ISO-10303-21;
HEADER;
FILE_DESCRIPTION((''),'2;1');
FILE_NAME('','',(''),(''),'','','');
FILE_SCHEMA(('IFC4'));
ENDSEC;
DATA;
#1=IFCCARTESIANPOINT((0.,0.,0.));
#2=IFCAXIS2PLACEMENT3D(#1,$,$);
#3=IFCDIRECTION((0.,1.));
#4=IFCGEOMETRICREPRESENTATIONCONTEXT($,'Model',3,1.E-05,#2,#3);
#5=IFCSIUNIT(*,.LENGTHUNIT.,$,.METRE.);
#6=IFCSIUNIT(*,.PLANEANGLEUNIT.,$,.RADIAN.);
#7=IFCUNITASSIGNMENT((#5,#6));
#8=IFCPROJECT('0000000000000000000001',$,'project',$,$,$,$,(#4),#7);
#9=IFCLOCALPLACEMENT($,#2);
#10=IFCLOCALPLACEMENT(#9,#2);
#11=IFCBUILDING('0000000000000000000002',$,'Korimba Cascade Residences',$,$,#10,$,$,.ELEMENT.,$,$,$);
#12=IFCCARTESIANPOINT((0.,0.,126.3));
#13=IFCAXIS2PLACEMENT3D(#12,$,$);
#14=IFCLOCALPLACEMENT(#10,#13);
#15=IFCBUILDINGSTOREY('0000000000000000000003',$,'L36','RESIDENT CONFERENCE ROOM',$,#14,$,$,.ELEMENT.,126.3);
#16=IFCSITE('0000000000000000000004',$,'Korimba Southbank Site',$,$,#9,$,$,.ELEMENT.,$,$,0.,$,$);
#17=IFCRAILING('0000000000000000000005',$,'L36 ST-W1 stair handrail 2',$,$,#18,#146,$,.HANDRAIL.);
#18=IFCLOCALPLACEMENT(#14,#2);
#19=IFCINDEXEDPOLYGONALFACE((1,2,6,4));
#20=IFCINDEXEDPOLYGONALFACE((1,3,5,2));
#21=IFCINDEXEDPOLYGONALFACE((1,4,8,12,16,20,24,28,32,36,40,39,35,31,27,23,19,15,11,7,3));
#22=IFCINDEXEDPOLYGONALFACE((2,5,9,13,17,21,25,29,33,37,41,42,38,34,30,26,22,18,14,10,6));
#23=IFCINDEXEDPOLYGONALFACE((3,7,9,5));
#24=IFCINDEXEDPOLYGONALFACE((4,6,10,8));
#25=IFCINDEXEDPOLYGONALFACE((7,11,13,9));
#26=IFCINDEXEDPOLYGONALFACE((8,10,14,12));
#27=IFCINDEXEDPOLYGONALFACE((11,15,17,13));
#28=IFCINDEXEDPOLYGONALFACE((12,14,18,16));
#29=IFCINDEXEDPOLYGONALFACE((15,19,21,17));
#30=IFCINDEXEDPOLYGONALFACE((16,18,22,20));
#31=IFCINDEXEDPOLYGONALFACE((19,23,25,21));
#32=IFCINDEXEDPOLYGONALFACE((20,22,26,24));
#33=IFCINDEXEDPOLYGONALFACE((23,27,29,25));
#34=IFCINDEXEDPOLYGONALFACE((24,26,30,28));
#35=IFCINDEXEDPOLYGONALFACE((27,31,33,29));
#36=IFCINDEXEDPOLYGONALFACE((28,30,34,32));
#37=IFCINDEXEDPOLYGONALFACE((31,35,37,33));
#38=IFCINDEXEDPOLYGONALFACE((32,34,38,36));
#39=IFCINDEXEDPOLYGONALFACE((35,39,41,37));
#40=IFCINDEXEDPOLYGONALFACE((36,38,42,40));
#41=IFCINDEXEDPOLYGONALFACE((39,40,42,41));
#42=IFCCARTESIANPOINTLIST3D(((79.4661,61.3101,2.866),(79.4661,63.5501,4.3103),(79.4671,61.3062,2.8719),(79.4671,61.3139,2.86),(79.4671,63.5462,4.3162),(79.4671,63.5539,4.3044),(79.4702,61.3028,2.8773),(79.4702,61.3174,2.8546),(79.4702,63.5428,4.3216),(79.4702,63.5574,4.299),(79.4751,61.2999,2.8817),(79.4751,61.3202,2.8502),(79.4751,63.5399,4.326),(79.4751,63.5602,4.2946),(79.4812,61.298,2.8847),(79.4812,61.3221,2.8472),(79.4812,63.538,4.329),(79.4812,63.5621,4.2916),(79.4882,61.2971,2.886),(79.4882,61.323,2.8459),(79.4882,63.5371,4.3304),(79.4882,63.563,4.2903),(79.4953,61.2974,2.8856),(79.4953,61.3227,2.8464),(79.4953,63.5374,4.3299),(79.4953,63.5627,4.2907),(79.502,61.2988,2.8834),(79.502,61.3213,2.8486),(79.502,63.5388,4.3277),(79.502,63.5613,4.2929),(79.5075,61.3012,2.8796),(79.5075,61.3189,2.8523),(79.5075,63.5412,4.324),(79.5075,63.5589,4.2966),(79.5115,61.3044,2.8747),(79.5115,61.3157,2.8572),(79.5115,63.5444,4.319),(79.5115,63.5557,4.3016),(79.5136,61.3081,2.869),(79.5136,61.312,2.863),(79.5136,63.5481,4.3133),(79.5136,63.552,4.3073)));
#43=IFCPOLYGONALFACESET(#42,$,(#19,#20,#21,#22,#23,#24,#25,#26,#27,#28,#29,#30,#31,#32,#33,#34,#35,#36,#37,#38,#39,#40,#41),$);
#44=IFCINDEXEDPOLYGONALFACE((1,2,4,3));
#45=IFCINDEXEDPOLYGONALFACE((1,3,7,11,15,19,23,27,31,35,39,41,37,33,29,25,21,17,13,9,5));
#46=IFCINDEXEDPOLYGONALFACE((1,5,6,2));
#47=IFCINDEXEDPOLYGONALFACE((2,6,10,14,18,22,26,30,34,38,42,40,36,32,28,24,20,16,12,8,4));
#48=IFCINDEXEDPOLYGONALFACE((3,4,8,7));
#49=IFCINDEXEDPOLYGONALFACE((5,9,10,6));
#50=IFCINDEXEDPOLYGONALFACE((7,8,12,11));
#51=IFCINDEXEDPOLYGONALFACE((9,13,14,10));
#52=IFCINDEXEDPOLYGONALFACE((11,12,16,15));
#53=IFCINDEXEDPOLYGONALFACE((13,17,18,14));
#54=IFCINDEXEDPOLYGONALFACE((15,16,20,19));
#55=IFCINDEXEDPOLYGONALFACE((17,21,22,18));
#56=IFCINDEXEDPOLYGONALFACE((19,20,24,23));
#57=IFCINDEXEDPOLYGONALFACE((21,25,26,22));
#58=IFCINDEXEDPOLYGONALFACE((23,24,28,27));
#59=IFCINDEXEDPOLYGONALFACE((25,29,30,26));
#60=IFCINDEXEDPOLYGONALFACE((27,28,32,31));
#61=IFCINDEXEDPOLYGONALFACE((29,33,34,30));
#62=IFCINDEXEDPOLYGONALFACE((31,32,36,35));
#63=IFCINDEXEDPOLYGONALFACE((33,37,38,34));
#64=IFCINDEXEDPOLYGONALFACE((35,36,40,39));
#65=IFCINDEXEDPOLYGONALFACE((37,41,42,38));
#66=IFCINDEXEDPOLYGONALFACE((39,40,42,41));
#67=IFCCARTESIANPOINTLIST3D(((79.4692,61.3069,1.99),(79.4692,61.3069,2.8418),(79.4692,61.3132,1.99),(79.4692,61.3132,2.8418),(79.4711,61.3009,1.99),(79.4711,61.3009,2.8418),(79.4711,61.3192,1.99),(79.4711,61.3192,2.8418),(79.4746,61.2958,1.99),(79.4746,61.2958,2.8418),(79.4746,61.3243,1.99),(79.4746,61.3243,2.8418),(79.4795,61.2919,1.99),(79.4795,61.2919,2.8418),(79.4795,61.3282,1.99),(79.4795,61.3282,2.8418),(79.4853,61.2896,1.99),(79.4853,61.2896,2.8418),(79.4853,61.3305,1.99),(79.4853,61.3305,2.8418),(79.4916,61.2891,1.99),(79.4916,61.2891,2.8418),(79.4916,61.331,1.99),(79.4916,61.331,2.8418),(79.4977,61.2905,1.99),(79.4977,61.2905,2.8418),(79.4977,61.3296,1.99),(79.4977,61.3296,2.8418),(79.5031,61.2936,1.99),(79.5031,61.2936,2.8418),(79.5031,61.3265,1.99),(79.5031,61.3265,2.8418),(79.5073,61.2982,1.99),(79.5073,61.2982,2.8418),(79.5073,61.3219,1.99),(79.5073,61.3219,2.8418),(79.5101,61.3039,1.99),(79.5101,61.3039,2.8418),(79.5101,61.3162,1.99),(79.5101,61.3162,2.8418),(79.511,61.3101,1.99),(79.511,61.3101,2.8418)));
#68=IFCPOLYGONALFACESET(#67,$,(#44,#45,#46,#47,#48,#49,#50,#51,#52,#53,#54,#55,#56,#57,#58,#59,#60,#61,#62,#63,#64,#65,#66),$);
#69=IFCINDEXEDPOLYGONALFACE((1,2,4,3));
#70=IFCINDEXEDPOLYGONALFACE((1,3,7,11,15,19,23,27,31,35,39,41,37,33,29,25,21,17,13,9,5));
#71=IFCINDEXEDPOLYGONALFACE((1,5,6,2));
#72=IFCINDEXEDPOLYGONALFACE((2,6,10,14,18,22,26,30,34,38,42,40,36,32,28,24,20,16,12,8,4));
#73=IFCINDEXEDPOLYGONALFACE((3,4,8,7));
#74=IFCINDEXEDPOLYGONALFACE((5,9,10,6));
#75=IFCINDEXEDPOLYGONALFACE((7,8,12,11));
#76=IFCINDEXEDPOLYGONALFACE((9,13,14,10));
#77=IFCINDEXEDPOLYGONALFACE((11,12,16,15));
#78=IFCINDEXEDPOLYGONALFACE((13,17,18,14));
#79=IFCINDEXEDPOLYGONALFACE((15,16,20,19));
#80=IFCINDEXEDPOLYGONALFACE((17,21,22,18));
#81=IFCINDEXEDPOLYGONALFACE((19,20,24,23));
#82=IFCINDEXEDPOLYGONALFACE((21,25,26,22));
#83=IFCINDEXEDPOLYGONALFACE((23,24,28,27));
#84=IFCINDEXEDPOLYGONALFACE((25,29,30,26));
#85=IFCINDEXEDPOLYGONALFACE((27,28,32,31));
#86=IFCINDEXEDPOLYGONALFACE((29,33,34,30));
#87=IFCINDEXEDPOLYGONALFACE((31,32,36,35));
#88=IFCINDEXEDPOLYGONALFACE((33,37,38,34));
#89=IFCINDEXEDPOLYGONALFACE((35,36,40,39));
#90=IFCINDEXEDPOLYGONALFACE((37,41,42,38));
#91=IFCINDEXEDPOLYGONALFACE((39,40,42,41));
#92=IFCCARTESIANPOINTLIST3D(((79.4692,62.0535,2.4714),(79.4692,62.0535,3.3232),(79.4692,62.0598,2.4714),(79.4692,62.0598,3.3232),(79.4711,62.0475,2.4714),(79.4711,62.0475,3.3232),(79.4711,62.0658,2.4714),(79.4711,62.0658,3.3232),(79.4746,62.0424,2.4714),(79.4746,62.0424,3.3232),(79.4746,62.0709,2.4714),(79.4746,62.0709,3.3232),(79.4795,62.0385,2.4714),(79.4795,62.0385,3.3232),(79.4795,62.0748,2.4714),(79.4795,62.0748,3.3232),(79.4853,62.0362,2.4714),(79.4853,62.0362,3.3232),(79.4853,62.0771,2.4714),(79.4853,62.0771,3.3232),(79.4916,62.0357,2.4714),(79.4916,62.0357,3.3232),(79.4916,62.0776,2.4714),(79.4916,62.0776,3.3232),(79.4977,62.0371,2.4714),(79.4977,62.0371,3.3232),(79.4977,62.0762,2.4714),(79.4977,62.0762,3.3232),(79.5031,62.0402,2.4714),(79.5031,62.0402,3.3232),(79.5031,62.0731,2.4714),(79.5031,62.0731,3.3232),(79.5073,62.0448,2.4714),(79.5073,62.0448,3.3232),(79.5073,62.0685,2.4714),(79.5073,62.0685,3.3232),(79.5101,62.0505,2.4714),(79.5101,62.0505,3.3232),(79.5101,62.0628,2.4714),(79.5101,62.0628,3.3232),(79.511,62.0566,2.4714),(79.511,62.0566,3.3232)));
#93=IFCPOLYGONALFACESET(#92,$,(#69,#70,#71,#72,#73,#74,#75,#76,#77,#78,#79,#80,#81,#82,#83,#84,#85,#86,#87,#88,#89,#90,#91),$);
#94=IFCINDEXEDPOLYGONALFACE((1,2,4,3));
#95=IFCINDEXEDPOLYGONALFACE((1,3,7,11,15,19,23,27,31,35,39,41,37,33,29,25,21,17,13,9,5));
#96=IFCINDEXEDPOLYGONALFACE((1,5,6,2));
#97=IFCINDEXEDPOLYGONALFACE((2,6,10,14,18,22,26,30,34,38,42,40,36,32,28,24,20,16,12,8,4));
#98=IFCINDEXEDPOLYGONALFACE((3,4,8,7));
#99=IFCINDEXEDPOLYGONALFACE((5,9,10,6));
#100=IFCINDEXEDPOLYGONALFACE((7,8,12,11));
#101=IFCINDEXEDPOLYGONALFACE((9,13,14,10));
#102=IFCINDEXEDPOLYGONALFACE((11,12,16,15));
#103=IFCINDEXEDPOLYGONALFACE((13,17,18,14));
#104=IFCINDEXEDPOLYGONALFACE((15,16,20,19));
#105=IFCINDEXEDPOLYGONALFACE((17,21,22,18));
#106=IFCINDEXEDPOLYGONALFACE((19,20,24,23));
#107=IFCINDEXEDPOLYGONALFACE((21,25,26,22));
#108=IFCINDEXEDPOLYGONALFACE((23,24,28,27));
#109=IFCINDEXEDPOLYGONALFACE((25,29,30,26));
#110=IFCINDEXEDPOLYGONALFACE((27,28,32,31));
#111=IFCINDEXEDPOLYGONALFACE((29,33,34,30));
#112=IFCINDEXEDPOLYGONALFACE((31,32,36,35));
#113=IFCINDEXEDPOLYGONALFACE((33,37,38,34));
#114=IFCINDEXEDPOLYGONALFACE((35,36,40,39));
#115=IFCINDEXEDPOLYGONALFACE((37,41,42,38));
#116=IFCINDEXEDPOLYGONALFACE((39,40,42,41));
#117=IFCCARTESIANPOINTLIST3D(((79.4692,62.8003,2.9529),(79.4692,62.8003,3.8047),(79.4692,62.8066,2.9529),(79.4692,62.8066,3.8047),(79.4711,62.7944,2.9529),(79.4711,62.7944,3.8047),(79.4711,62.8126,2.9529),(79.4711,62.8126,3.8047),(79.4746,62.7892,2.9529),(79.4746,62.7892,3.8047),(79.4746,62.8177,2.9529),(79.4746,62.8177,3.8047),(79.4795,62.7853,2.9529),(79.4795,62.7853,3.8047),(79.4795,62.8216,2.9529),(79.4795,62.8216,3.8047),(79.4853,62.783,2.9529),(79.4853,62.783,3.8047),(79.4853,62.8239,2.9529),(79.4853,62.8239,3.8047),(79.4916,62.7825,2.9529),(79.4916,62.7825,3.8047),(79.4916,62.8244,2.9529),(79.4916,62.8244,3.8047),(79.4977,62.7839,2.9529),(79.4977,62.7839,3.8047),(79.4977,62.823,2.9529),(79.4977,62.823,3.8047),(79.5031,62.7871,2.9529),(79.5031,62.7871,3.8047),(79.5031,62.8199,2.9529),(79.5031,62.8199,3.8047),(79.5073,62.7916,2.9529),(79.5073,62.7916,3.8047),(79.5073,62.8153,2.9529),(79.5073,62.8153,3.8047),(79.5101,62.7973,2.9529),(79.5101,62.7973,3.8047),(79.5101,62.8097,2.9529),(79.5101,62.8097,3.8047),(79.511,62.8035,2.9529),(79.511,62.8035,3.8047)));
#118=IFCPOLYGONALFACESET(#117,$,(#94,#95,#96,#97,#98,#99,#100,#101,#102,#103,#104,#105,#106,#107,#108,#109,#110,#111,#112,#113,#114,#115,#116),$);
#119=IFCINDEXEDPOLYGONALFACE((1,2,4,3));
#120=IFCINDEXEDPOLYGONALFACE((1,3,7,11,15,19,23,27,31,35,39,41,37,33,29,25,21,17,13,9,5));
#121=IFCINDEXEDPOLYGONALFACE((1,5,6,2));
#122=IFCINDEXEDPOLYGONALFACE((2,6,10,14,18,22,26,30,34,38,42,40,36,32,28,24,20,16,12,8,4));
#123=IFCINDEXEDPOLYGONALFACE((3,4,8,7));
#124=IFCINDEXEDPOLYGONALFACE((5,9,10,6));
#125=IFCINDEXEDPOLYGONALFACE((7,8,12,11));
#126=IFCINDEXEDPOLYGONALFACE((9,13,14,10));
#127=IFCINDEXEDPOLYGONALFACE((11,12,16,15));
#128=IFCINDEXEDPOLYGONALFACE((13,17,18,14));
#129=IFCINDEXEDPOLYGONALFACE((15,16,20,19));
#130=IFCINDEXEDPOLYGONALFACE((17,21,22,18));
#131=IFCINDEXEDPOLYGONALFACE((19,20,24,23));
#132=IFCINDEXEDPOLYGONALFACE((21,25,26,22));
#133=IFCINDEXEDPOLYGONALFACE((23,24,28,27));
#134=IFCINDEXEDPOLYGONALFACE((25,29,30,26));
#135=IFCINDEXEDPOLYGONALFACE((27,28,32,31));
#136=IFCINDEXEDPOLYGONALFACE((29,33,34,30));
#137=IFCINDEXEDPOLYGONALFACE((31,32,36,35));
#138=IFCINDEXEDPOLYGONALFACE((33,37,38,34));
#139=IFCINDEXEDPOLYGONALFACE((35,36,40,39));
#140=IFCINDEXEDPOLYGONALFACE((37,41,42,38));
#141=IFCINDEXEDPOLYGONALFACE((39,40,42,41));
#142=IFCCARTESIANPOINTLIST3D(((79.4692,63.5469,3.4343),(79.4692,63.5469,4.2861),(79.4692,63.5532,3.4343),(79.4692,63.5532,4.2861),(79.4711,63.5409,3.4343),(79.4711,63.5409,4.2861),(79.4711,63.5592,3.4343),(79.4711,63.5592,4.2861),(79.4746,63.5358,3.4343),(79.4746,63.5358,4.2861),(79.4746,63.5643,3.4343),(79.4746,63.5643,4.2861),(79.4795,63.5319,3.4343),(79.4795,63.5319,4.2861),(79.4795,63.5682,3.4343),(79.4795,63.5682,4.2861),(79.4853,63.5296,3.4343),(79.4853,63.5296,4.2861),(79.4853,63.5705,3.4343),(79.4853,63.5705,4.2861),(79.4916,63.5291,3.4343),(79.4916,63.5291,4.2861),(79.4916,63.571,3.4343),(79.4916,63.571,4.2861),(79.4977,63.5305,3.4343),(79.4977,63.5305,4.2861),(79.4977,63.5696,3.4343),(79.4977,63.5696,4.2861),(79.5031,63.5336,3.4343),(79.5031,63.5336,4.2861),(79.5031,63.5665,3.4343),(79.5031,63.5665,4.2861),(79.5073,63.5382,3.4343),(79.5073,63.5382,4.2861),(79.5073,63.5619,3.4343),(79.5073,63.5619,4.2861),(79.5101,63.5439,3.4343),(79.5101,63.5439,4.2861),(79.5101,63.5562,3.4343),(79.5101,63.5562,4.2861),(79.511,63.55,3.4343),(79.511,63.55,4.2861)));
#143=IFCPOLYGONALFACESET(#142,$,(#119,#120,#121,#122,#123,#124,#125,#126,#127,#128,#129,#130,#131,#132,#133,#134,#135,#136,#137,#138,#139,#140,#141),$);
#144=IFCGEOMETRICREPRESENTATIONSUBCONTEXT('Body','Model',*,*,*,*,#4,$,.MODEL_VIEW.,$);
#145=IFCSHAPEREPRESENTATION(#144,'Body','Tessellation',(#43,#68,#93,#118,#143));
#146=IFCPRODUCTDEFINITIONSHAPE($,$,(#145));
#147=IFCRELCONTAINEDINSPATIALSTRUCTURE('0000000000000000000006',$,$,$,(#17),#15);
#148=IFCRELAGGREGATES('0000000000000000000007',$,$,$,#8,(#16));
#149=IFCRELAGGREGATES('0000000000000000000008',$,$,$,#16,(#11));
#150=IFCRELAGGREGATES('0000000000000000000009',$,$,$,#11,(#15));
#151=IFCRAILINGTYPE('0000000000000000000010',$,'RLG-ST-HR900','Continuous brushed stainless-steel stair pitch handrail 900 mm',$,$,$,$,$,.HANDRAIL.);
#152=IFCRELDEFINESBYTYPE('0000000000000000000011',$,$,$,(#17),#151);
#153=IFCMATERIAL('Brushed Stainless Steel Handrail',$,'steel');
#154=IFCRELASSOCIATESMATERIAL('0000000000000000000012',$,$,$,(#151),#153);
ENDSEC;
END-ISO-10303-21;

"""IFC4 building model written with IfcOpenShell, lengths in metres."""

from ifc_helpers import new_model, si_unit, direction, frame, origin, origin_2d, place, context, subcontext, project, spatial, circle, extrude, material, type_object, element, save


model = new_model("IFC4")

# Units and contexts
model_context = context("Model", 3, precision=1e-05, world=origin(), true_north=direction((0.0, 1.0)))
body_context = subcontext(model_context, "Body", "Model", "MODEL_VIEW")
ifc_project = project(units=[si_unit("LENGTHUNIT", "METRE"), si_unit("PLANEANGLEUNIT", "RADIAN")], contexts=[model_context])

# Site, building, storey
site_placement = place(None, origin())
site = spatial("IfcSite", under=ifc_project, at=site_placement, Name="Korimba Southbank Site", CompositionType="ELEMENT", RefElevation=0.0)
building_placement = place(site_placement, origin())
building = spatial("IfcBuilding", under=site, at=building_placement, Name="Korimba Cascade Residences", CompositionType="ELEMENT")
storey_placement = place(building_placement, frame((0.0, 0.0, 126.3)))
storey = spatial("IfcBuildingStorey", under=building, at=storey_placement, Name="L36", Description="RESIDENT CONFERENCE ROOM", CompositionType="ELEMENT", Elevation=126.3)

# Railing
ifc_material_1 = material(Name="Brushed Stainless Steel Handrail", Category="steel")
railing_type_1 = type_object("IfcRailingType", Name="RLG-ST-HR900", Description="Continuous brushed stainless-steel stair pitch handrail 900 mm", PredefinedType="HANDRAIL", material=ifc_material_1)
railing_1_placement = place(storey_placement, frame((79.49, 61.3101, 1.99)))
element("IfcRailing", 1, at=railing_1_placement, inside=storey, type_object=railing_type_1, Name="L36 ST-W1 stair handrail 2", PredefinedType="HANDRAIL", context=body_context, shape_type="SweptSolid", body=[
    extrude(circle(Radius=0.0239, at=origin_2d()), frame((0.0, 0.0, 0.876), z_axis=(0.0, 0.840437, 0.54191), x_axis=(-1.0, 0.0, 0.0)), (0.0, 0.0, 1.0), 2.6653),
    extrude(circle(Radius=0.021, at=origin_2d()), origin(), (0.0, 0.0, 1.0), 0.8518),
    extrude(circle(Radius=0.021, at=origin_2d()), frame((0.0, 0.7466, 0.4814)), (0.0, 0.0, 1.0), 0.8518),
    extrude(circle(Radius=0.021, at=origin_2d()), frame((0.0, 1.4934, 0.9629)), (0.0, 0.0, 1.0), 0.8518),
    extrude(circle(Radius=0.021, at=origin_2d()), frame((0.0, 2.24, 1.4443)), (0.0, 0.0, 1.0), 0.8518),
])

save(model, "model.ifc")
